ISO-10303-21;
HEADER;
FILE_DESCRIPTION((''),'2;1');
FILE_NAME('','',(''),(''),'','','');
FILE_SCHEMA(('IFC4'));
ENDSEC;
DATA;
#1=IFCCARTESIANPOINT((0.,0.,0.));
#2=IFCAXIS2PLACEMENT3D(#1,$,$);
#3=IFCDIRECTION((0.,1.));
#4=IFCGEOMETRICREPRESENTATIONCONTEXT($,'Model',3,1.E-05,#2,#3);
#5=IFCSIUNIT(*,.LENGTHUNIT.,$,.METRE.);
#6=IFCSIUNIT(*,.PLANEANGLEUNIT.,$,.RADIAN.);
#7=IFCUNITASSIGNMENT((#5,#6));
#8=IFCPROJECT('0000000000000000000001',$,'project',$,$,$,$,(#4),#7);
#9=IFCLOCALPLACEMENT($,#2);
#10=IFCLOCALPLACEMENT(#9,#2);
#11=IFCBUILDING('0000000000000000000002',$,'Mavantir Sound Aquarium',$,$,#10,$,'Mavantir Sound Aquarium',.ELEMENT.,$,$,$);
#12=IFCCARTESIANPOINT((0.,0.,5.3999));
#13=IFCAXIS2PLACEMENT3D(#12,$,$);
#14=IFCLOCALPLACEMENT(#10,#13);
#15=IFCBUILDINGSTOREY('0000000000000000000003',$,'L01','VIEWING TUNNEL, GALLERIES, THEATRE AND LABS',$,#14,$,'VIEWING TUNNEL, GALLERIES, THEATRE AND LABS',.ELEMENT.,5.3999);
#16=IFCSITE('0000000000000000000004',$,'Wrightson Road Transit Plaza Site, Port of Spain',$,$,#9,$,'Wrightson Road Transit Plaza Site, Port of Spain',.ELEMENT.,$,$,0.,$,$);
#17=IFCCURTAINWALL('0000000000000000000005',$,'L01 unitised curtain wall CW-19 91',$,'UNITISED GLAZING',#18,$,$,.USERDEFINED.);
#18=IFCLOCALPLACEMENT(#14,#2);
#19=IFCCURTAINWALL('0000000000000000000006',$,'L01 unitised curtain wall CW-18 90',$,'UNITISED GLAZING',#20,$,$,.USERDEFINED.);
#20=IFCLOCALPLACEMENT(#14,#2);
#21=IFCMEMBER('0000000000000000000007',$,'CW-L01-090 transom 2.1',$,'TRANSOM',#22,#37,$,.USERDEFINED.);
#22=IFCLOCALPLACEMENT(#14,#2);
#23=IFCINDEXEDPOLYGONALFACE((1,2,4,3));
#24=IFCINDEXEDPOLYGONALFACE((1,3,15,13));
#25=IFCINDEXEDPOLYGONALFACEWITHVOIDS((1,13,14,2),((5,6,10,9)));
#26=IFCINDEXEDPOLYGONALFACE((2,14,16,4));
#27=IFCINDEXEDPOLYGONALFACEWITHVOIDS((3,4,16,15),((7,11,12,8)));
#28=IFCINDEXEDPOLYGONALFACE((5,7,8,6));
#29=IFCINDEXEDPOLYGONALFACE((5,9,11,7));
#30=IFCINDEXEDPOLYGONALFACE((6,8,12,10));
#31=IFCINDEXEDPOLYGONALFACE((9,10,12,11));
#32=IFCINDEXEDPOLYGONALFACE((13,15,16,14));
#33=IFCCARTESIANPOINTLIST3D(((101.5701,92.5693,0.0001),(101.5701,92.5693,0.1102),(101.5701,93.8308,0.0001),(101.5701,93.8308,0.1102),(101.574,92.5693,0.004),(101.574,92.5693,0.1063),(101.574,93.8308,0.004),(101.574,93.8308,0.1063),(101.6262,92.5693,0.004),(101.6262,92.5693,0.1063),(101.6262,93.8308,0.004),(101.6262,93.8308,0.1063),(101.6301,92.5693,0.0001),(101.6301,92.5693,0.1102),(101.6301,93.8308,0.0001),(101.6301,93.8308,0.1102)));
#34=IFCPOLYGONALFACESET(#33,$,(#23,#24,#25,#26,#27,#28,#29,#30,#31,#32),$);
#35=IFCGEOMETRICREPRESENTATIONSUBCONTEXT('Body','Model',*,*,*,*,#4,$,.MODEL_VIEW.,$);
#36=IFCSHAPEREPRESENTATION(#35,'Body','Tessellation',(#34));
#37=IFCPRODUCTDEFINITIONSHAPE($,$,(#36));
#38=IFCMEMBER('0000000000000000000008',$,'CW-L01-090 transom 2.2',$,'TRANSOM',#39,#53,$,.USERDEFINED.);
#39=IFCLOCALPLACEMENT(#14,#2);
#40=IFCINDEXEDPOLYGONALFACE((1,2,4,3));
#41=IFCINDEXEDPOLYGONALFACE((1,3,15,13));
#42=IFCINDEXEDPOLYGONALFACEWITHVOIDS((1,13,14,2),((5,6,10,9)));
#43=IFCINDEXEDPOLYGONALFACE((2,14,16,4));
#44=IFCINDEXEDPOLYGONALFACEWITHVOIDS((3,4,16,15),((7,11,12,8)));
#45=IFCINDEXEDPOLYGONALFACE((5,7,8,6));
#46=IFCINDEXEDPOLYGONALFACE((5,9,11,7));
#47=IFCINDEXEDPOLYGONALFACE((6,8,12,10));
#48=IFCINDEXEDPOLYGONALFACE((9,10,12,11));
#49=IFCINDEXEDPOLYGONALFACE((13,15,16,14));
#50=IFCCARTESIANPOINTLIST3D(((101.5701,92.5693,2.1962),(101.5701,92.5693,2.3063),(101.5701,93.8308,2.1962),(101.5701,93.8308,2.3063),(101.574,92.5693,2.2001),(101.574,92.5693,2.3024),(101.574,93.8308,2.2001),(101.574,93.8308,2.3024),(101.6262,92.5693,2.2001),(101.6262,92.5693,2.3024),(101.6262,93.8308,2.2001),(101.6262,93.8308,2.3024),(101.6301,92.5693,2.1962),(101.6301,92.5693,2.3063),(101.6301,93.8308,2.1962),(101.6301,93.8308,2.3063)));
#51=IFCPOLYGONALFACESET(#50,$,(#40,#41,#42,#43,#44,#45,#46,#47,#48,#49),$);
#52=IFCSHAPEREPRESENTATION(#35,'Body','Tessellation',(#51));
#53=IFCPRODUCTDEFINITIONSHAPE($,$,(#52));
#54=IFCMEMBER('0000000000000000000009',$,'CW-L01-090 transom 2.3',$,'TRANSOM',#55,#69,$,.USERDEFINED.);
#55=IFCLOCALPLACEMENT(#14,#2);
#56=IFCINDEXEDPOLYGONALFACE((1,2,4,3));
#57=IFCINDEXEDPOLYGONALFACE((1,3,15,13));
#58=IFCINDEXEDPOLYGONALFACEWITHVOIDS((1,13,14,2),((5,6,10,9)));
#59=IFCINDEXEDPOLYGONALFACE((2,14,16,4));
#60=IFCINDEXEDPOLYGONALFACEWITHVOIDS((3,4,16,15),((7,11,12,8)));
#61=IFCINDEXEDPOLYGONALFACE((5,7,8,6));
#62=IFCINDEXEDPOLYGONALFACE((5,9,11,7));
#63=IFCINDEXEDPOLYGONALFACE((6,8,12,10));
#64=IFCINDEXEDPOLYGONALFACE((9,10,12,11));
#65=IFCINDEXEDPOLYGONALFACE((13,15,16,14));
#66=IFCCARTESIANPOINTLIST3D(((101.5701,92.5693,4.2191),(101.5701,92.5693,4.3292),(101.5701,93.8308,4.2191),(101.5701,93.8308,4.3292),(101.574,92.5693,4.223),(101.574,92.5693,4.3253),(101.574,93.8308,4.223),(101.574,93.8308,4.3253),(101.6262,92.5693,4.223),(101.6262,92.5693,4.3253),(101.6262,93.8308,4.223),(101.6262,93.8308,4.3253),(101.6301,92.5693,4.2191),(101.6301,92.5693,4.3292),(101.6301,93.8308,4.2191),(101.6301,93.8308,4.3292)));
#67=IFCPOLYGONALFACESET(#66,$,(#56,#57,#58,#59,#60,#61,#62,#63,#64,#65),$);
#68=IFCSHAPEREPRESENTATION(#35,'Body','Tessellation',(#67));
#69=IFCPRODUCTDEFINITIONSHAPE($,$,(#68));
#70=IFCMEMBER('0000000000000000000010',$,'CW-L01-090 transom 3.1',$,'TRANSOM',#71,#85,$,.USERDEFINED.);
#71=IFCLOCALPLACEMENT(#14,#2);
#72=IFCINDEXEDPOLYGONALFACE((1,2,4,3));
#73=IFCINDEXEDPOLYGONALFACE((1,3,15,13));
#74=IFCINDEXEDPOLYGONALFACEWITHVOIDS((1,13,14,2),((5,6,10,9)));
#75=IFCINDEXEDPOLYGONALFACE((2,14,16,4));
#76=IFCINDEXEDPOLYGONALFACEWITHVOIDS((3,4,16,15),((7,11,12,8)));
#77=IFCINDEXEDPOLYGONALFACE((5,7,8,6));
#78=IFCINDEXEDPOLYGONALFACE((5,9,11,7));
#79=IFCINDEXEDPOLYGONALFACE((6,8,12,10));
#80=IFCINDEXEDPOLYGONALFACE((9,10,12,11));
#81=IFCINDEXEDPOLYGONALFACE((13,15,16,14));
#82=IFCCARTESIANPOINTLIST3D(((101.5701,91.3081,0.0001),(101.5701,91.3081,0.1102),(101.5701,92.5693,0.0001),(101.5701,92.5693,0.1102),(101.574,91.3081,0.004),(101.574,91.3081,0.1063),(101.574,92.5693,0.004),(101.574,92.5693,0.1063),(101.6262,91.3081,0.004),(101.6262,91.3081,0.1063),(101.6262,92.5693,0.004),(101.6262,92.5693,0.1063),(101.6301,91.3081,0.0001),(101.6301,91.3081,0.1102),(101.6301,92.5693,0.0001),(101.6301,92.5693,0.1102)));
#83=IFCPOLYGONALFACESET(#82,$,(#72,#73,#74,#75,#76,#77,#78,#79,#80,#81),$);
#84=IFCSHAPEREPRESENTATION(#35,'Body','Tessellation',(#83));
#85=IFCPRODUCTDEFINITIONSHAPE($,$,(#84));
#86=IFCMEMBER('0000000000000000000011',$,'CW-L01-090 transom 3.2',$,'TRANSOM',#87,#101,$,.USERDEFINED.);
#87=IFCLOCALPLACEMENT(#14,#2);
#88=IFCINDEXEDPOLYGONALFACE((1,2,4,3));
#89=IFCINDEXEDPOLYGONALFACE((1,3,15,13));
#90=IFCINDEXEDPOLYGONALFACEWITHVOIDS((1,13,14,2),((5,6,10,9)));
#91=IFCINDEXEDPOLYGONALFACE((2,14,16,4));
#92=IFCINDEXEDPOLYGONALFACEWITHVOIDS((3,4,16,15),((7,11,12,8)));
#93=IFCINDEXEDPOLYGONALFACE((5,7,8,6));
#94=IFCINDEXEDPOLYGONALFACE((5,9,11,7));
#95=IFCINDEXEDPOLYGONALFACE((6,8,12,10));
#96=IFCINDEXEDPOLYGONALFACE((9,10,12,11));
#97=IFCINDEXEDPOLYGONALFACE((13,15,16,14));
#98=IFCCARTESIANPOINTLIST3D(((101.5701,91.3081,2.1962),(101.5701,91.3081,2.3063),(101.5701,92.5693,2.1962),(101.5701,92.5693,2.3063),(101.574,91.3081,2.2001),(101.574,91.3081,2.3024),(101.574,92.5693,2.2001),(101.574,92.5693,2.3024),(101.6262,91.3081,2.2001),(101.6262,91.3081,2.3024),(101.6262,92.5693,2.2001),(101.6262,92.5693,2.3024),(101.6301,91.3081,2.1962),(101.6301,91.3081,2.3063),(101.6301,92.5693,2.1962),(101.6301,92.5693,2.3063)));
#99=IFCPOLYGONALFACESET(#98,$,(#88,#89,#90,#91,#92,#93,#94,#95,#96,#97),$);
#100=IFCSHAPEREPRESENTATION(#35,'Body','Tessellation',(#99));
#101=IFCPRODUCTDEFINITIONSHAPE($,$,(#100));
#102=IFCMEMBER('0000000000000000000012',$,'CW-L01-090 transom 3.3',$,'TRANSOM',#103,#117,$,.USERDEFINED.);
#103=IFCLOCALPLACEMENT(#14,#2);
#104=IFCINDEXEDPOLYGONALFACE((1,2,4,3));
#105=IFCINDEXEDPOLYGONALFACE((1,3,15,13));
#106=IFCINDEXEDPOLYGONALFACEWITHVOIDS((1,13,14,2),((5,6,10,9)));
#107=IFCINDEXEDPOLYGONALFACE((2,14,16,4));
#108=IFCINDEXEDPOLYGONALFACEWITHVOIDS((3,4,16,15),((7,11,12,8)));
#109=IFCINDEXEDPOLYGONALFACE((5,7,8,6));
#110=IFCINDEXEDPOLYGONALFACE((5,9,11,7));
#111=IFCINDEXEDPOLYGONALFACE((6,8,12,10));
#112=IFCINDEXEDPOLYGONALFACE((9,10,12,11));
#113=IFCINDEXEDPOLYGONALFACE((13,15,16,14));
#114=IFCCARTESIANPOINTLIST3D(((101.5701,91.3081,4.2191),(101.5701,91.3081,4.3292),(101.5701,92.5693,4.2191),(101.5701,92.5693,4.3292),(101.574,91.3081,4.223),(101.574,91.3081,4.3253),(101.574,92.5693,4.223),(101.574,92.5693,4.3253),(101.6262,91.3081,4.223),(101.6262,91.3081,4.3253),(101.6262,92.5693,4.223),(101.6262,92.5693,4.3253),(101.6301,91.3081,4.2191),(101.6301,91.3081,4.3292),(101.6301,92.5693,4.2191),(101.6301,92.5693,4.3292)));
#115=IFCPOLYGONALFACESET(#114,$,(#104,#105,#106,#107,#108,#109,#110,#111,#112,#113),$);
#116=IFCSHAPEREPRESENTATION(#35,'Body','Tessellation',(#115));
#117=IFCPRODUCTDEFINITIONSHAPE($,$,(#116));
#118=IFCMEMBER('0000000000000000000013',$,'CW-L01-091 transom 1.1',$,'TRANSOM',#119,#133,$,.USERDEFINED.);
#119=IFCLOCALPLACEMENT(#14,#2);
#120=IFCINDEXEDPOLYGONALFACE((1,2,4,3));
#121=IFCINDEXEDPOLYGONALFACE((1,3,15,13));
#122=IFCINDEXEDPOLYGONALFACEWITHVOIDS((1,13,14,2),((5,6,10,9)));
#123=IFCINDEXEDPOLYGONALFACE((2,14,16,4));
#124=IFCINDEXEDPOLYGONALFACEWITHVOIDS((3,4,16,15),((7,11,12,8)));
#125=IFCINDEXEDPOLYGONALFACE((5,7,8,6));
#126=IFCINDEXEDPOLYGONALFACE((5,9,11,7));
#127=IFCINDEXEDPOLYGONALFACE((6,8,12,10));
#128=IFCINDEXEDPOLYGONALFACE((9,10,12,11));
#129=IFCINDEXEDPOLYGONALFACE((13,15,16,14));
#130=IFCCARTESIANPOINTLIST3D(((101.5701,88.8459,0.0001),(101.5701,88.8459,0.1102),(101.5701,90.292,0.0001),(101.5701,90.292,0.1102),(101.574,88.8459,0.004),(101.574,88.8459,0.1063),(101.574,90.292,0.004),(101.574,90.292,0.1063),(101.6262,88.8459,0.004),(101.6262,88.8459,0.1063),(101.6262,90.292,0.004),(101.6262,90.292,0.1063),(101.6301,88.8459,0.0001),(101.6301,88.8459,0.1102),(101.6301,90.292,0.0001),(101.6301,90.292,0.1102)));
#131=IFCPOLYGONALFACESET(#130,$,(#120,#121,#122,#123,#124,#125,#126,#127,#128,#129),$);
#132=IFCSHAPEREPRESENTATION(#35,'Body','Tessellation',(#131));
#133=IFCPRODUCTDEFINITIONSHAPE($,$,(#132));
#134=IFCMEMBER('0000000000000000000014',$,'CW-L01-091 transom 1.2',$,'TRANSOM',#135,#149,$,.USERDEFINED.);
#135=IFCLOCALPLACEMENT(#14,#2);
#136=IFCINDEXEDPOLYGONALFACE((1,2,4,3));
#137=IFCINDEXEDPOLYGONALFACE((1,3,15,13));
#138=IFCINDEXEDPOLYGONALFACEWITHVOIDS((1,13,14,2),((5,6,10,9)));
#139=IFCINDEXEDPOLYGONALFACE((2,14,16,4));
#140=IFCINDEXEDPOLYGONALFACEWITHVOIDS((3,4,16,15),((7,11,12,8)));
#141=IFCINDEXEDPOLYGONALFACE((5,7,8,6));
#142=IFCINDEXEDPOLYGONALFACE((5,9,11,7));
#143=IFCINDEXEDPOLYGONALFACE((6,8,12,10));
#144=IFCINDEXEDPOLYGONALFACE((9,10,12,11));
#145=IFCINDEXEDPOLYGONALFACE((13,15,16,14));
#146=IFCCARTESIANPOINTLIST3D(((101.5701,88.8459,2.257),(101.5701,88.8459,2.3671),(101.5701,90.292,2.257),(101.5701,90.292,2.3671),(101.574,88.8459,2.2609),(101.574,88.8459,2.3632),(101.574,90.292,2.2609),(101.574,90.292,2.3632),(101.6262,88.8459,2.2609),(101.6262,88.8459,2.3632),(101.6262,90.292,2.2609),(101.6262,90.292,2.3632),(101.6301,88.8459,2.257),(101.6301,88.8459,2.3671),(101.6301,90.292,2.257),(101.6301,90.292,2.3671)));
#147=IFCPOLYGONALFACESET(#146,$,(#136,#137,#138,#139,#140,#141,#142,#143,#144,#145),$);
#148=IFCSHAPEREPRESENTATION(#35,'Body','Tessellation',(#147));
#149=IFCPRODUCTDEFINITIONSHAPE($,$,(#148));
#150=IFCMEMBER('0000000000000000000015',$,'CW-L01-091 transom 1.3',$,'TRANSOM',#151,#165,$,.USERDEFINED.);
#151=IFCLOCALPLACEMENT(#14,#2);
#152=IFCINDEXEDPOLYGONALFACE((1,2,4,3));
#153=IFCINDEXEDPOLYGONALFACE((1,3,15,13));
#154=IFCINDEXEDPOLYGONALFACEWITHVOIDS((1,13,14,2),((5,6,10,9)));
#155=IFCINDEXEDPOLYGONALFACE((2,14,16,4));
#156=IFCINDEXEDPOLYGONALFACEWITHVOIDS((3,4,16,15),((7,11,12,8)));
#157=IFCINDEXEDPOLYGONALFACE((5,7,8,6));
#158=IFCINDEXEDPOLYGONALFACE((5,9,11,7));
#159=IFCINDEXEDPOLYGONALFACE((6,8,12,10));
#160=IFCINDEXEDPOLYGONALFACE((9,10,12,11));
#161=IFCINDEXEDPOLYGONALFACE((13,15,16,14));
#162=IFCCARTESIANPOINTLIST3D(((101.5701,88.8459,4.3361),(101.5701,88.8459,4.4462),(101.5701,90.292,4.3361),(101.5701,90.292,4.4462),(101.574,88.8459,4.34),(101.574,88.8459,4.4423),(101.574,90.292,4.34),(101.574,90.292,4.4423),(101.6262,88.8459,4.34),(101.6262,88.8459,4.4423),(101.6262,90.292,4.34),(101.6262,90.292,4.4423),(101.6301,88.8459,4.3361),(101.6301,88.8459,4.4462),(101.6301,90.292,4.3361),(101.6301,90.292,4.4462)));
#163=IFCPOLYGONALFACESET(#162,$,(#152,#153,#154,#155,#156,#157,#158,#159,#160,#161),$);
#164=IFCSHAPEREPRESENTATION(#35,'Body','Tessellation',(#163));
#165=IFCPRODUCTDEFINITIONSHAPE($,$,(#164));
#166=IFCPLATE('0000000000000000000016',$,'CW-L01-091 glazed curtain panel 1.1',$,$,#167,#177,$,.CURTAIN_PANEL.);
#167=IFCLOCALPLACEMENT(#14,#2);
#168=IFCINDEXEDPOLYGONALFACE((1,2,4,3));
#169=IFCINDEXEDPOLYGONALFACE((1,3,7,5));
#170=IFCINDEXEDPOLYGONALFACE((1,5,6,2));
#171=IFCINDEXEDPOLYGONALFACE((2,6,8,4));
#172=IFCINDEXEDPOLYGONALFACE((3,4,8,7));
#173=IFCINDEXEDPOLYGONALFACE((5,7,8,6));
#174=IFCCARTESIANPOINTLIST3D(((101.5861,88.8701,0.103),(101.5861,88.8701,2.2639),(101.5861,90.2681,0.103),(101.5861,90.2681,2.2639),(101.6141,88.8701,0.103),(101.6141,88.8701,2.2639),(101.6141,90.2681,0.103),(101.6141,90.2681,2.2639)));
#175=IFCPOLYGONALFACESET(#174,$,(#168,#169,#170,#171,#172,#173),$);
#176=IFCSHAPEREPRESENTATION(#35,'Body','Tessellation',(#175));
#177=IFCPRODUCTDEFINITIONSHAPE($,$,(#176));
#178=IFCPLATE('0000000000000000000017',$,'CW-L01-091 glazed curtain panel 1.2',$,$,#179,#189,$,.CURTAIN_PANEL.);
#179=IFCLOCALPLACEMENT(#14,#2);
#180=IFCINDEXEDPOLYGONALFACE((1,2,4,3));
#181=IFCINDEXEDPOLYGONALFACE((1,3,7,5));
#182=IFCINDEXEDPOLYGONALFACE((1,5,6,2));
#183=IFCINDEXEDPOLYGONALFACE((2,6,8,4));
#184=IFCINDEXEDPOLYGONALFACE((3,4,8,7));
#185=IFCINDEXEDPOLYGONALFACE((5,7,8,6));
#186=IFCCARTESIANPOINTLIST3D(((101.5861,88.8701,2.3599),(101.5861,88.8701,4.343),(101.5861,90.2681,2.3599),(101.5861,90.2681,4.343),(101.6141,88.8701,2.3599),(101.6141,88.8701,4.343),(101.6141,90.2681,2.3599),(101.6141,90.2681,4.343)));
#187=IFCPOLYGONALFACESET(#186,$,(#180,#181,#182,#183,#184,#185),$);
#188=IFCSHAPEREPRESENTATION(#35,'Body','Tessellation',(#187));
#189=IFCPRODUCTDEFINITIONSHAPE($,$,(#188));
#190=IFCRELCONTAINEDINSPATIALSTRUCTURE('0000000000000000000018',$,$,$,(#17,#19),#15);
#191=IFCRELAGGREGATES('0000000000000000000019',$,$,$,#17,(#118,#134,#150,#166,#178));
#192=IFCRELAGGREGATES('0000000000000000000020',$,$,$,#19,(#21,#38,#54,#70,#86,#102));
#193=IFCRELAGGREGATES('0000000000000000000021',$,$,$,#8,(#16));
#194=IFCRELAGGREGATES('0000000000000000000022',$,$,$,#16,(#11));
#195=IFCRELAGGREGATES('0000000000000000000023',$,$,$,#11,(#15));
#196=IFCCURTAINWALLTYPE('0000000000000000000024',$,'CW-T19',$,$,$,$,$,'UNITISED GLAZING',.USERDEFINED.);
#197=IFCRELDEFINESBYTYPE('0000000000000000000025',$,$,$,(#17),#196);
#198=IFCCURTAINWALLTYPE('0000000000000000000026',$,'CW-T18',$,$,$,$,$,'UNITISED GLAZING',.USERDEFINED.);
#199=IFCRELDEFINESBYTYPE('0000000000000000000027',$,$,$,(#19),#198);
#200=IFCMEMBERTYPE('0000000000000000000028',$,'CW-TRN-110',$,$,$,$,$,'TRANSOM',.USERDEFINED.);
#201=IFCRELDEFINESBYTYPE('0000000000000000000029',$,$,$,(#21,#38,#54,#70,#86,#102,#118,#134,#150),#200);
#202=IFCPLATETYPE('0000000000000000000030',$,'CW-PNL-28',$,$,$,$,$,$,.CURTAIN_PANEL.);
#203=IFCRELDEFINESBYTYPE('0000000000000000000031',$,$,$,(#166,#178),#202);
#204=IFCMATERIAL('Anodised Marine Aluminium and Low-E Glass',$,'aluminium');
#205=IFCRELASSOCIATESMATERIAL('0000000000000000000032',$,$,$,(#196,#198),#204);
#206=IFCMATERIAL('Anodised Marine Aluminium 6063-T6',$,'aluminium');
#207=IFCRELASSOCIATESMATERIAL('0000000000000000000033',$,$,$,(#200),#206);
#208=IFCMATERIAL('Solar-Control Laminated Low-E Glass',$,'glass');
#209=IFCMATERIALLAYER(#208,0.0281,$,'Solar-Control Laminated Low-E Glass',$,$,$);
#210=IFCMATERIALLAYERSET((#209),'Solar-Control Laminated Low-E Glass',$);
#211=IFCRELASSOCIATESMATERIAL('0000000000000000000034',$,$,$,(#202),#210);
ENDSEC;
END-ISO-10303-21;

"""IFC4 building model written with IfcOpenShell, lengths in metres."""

from ifc_helpers import new_model, si_unit, direction, frame, origin, origin_2d, place, context, subcontext, project, spatial, rectangle, hollow_rectangle, extrude, material, layer, layer_set, material_profile, profile_set, type_object, element, aggregate, save


model = new_model("IFC4")

# Units and contexts
model_context = context("Model", 3, precision=1e-05, world=origin(), true_north=direction((0.0, 1.0)))
body_context = subcontext(model_context, "Body", "Model", "MODEL_VIEW")
ifc_project = project(units=[si_unit("LENGTHUNIT", "METRE"), si_unit("PLANEANGLEUNIT", "RADIAN")], contexts=[model_context])

# Site, building, storey
site_placement = place(None, origin())
site = spatial("IfcSite", under=ifc_project, at=site_placement, Name="Wrightson Road Transit Plaza Site, Port of Spain", LongName="Wrightson Road Transit Plaza Site, Port of Spain", CompositionType="ELEMENT", RefElevation=0.0)
building_placement = place(site_placement, origin())
building = spatial("IfcBuilding", under=site, at=building_placement, Name="Mavantir Sound Aquarium", LongName="Mavantir Sound Aquarium", CompositionType="ELEMENT")
storey_placement = place(building_placement, frame((0.0, 0.0, 5.3999)))
storey = spatial("IfcBuildingStorey", under=building, at=storey_placement, Name="L01", Description="VIEWING TUNNEL, GALLERIES, THEATRE AND LABS", LongName="VIEWING TUNNEL, GALLERIES, THEATRE AND LABS", CompositionType="ELEMENT", Elevation=5.3999)

# Curtain wall
ifc_material_1 = material(Name="Anodised Marine Aluminium and Low-E Glass", Category="aluminium")
curtain_wall_type_1 = type_object("IfcCurtainWallType", Name="CW-T19", ElementType="UNITISED GLAZING", PredefinedType="USERDEFINED", material=ifc_material_1)
curtain_wall_1_placement = place(storey_placement, origin())
curtain_wall_1 = element("IfcCurtainWall", 1, at=curtain_wall_1_placement, inside=storey, type_object=curtain_wall_type_1, Name="L01 unitised curtain wall CW-19 91", ObjectType="UNITISED GLAZING", PredefinedType="USERDEFINED")
ifc_material_2 = material(Name="Anodised Marine Aluminium 6063-T6", Category="aluminium")

# Curtain wall, members
curtain_wall_type_2 = type_object("IfcCurtainWallType", Name="CW-T18", ElementType="UNITISED GLAZING", PredefinedType="USERDEFINED", material=ifc_material_1)
curtain_wall_2_placement = place(storey_placement, origin())
curtain_wall_2 = element("IfcCurtainWall", 2, at=curtain_wall_2_placement, inside=storey, type_object=curtain_wall_type_2, Name="L01 unitised curtain wall CW-18 90", ObjectType="UNITISED GLAZING", PredefinedType="USERDEFINED")
ifc_material_profile_1 = material_profile(ifc_material_2, hollow_rectangle(XDim=0.0601, YDim=0.1101, WallThickness=0.0039, at=origin_2d()), Name="ALU-TRANSOM-110X60")
ifc_profile_set_1 = profile_set([ifc_material_profile_1], Name="Anodised Marine Aluminium 6063-T6")
member_type_1 = type_object("IfcMemberType", Name="CW-TRN-110", ElementType="TRANSOM", PredefinedType="USERDEFINED", material=ifc_profile_set_1)
member_1_placement = place(storey_placement, frame((101.6001, 93.8308, 0.0552), z_axis=(0.0, -1.0, 0.0), x_axis=(1.0, 0.0, 0.0)))
member_1 = element("IfcMember", 3, at=member_1_placement, type_object=member_type_1, Name="CW-L01-090 transom 2.1", ObjectType="TRANSOM", PredefinedType="USERDEFINED", context=body_context, shape_type="SweptSolid", body=[
    extrude(hollow_rectangle(XDim=0.0601, YDim=0.1101, WallThickness=0.0039, at=origin_2d()), origin(), (0.0, 0.0, 1.0), 1.2615),
])
member_2_placement = place(storey_placement, frame((101.6001, 93.8308, 2.2512), z_axis=(0.0, -1.0, 0.0), x_axis=(1.0, 0.0, 0.0)))
member_2 = element("IfcMember", 4, at=member_2_placement, type_object=member_type_1, Name="CW-L01-090 transom 2.2", ObjectType="TRANSOM", PredefinedType="USERDEFINED", context=body_context, shape_type="SweptSolid", body=[
    extrude(hollow_rectangle(XDim=0.0601, YDim=0.1101, WallThickness=0.0039, at=origin_2d()), origin(), (0.0, 0.0, 1.0), 1.2615),
])
member_3_placement = place(storey_placement, frame((101.6001, 93.8308, 4.2742), z_axis=(0.0, -1.0, 0.0), x_axis=(1.0, 0.0, 0.0)))
member_3 = element("IfcMember", 5, at=member_3_placement, type_object=member_type_1, Name="CW-L01-090 transom 2.3", ObjectType="TRANSOM", PredefinedType="USERDEFINED", context=body_context, shape_type="SweptSolid", body=[
    extrude(hollow_rectangle(XDim=0.0601, YDim=0.1101, WallThickness=0.0039, at=origin_2d()), origin(), (0.0, 0.0, 1.0), 1.2615),
])
member_4_placement = place(storey_placement, frame((101.6001, 92.5693, 0.0552), z_axis=(0.0, -1.0, 0.0), x_axis=(1.0, 0.0, 0.0)))
member_4 = element("IfcMember", 6, at=member_4_placement, type_object=member_type_1, Name="CW-L01-090 transom 3.1", ObjectType="TRANSOM", PredefinedType="USERDEFINED", context=body_context, shape_type="SweptSolid", body=[
    extrude(hollow_rectangle(XDim=0.0601, YDim=0.1101, WallThickness=0.0039, at=origin_2d()), origin(), (0.0, 0.0, 1.0), 1.2612),
])
member_5_placement = place(storey_placement, frame((101.6001, 92.5693, 2.2512), z_axis=(0.0, -1.0, 0.0), x_axis=(1.0, 0.0, 0.0)))
member_5 = element("IfcMember", 7, at=member_5_placement, type_object=member_type_1, Name="CW-L01-090 transom 3.2", ObjectType="TRANSOM", PredefinedType="USERDEFINED", context=body_context, shape_type="SweptSolid", body=[
    extrude(hollow_rectangle(XDim=0.0601, YDim=0.1101, WallThickness=0.0039, at=origin_2d()), origin(), (0.0, 0.0, 1.0), 1.2612),
])
member_6_placement = place(storey_placement, frame((101.6001, 92.5693, 4.2742), z_axis=(0.0, -1.0, 0.0), x_axis=(1.0, 0.0, 0.0)))
member_6 = element("IfcMember", 8, at=member_6_placement, type_object=member_type_1, Name="CW-L01-090 transom 3.3", ObjectType="TRANSOM", PredefinedType="USERDEFINED", context=body_context, shape_type="SweptSolid", body=[
    extrude(hollow_rectangle(XDim=0.0601, YDim=0.1101, WallThickness=0.0039, at=origin_2d()), origin(), (0.0, 0.0, 1.0), 1.2612),
])

# Members
member_7_placement = place(storey_placement, frame((101.6001, 90.292, 0.0552), z_axis=(0.0, -1.0, 0.0), x_axis=(1.0, 0.0, 0.0)))
member_7 = element("IfcMember", 9, at=member_7_placement, type_object=member_type_1, Name="CW-L01-091 transom 1.1", ObjectType="TRANSOM", PredefinedType="USERDEFINED", context=body_context, shape_type="SweptSolid", body=[
    extrude(hollow_rectangle(XDim=0.0601, YDim=0.1101, WallThickness=0.0039, at=origin_2d()), origin(), (0.0, 0.0, 1.0), 1.446),
])
member_8_placement = place(storey_placement, frame((101.6001, 90.292, 2.312), z_axis=(0.0, -1.0, 0.0), x_axis=(1.0, 0.0, 0.0)))
member_8 = element("IfcMember", 10, at=member_8_placement, type_object=member_type_1, Name="CW-L01-091 transom 1.2", ObjectType="TRANSOM", PredefinedType="USERDEFINED", context=body_context, shape_type="SweptSolid", body=[
    extrude(hollow_rectangle(XDim=0.0601, YDim=0.1101, WallThickness=0.0039, at=origin_2d()), origin(), (0.0, 0.0, 1.0), 1.446),
])
member_9_placement = place(storey_placement, frame((101.6001, 90.292, 4.3911), z_axis=(0.0, -1.0, 0.0), x_axis=(1.0, 0.0, 0.0)))
member_9 = element("IfcMember", 11, at=member_9_placement, type_object=member_type_1, Name="CW-L01-091 transom 1.3", ObjectType="TRANSOM", PredefinedType="USERDEFINED", context=body_context, shape_type="SweptSolid", body=[
    extrude(hollow_rectangle(XDim=0.0601, YDim=0.1101, WallThickness=0.0039, at=origin_2d()), origin(), (0.0, 0.0, 1.0), 1.446),
])

# Plates
ifc_material_3 = material(Name="Solar-Control Laminated Low-E Glass", Category="glass")
ifc_layer_1 = layer(ifc_material_3, 0.0281, Name="Solar-Control Laminated Low-E Glass")
ifc_layer_set_1 = layer_set([ifc_layer_1], Name="Solar-Control Laminated Low-E Glass")
plate_type_1 = type_object("IfcPlateType", Name="CW-PNL-28", PredefinedType="CURTAIN_PANEL", material=ifc_layer_set_1)
plate_1_placement = place(storey_placement, frame((101.6001, 89.5691, 0.103), z_axis=(0.0, 0.0, 1.0), x_axis=(0.0, -1.0, 0.0)))
plate_1 = element("IfcPlate", 12, at=plate_1_placement, type_object=plate_type_1, Name="CW-L01-091 glazed curtain panel 1.1", PredefinedType="CURTAIN_PANEL", context=body_context, shape_type="SweptSolid", body=[
    extrude(rectangle(XDim=1.3979, YDim=0.0281, at=origin_2d()), origin(), (0.0, 0.0, 1.0), 2.1609),
])
plate_2_placement = place(storey_placement, frame((101.6001, 89.5691, 2.3599), z_axis=(0.0, 0.0, 1.0), x_axis=(0.0, -1.0, 0.0)))
plate_2 = element("IfcPlate", 13, at=plate_2_placement, type_object=plate_type_1, Name="CW-L01-091 glazed curtain panel 1.2", PredefinedType="CURTAIN_PANEL", context=body_context, shape_type="SweptSolid", body=[
    extrude(rectangle(XDim=1.3979, YDim=0.0281, at=origin_2d()), origin(), (0.0, 0.0, 1.0), 1.9832),
])
aggregate(curtain_wall_1, [member_7, member_8, member_9, plate_1, plate_2])
aggregate(curtain_wall_2, [member_1, member_2, member_3, member_4, member_5, member_6])

save(model, "model.ifc")
